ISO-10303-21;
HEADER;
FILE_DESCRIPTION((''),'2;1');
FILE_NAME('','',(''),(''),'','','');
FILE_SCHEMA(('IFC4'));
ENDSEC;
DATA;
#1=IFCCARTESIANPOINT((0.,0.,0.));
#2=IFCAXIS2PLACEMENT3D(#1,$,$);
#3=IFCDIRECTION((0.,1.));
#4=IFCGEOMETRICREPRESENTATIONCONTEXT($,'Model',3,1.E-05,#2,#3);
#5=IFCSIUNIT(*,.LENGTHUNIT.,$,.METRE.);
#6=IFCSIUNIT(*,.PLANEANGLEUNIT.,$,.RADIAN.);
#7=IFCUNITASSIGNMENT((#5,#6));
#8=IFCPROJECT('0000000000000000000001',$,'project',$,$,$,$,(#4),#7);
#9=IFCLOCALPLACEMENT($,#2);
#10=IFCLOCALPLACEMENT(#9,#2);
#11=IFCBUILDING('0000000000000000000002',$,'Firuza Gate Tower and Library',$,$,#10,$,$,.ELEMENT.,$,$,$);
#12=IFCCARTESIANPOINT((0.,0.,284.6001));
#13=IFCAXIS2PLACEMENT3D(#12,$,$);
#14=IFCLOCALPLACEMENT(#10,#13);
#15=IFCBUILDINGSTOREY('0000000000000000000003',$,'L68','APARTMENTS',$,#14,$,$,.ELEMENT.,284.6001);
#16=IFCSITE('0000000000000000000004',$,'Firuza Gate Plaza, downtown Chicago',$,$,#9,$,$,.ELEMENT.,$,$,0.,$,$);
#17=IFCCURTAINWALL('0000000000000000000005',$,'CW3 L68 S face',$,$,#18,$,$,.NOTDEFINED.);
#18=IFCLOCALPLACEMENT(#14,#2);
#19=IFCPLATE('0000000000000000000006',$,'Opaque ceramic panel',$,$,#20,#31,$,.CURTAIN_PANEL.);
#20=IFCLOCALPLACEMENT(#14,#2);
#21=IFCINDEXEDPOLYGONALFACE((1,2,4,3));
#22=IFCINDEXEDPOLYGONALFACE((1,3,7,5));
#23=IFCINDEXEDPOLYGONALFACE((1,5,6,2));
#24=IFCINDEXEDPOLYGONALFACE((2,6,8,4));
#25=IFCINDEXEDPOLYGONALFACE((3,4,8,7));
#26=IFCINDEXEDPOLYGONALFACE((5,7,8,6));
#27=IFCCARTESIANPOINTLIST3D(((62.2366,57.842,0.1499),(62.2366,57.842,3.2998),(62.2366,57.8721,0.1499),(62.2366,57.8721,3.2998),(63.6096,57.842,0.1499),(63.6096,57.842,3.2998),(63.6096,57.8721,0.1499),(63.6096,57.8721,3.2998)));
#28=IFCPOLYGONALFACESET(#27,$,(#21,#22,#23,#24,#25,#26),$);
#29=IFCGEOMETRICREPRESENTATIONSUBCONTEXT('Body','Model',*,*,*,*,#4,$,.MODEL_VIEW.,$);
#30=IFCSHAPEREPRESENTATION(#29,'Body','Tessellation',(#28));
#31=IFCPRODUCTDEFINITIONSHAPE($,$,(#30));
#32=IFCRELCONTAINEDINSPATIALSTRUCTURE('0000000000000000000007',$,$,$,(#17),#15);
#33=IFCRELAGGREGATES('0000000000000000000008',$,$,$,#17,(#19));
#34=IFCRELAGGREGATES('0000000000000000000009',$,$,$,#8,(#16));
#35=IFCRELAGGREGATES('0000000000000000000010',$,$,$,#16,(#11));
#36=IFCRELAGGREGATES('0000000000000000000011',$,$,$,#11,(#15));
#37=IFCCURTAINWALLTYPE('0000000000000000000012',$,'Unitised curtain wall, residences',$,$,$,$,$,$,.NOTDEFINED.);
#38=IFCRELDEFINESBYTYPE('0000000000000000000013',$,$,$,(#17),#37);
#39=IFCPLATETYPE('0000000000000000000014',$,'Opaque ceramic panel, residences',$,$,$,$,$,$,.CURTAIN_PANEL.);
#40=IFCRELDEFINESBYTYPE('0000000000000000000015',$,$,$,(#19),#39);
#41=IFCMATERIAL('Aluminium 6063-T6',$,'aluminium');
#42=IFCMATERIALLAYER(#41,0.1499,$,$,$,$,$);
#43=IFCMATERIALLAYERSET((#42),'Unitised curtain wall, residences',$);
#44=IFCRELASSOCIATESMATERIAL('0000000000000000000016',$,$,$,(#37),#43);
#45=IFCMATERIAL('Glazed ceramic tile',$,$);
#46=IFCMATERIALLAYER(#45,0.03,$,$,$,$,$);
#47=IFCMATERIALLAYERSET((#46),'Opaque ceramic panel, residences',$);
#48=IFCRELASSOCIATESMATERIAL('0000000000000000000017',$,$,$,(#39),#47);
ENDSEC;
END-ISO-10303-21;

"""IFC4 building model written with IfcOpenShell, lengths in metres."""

from ifc_helpers import new_model, si_unit, direction, frame, origin, place, context, subcontext, project, spatial, polyline, outline, extrude, material, layer, layer_set, type_object, element, aggregate, save


model = new_model("IFC4")

# Units and contexts
model_context = context("Model", 3, precision=1e-05, world=origin(), true_north=direction((0.0, 1.0)))
body_context = subcontext(model_context, "Body", "Model", "MODEL_VIEW")
ifc_project = project(units=[si_unit("LENGTHUNIT", "METRE"), si_unit("PLANEANGLEUNIT", "RADIAN")], contexts=[model_context])

# Site, building, storey
site_placement = place(None, origin())
site = spatial("IfcSite", under=ifc_project, at=site_placement, Name="Firuza Gate Plaza, downtown Chicago", CompositionType="ELEMENT", RefElevation=0.0)
building_placement = place(site_placement, origin())
building = spatial("IfcBuilding", under=site, at=building_placement, Name="Firuza Gate Tower and Library", CompositionType="ELEMENT")
storey_placement = place(building_placement, frame((0.0, 0.0, 284.6001)))
storey = spatial("IfcBuildingStorey", under=building, at=storey_placement, Name="L68", Description="APARTMENTS", CompositionType="ELEMENT", Elevation=284.6001)

# Curtain wall
ifc_material_1 = material(Name="Aluminium 6063-T6", Category="aluminium")
ifc_layer_1 = layer(ifc_material_1, 0.1499)
ifc_layer_set_1 = layer_set([ifc_layer_1], Name="Unitised curtain wall, residences")
curtain_wall_type = type_object("IfcCurtainWallType", Name="Unitised curtain wall, residences", PredefinedType="NOTDEFINED", material=ifc_layer_set_1)
curtain_wall_placement = place(storey_placement, origin())
curtain_wall = element("IfcCurtainWall", 1, at=curtain_wall_placement, inside=storey, type_object=curtain_wall_type, Name="CW3 L68 S face", PredefinedType="NOTDEFINED")

# Plate
ifc_material_2 = material(Name="Glazed ceramic tile")
ifc_layer_2 = layer(ifc_material_2, 0.03)
ifc_layer_set_2 = layer_set([ifc_layer_2], Name="Opaque ceramic panel, residences")
plate_type_1 = type_object("IfcPlateType", Name="Opaque ceramic panel, residences", PredefinedType="CURTAIN_PANEL", material=ifc_layer_set_2)
plate_1_placement = place(storey_placement, frame((62.2366, 57.842, 0.1499), z_axis=(0.0, -1.0, 0.0), x_axis=(1.0, 0.0, 0.0)))
plate_1 = element("IfcPlate", 2, at=plate_1_placement, type_object=plate_type_1, Name="Opaque ceramic panel", PredefinedType="CURTAIN_PANEL", context=body_context, shape_type="SweptSolid", body=[
    extrude(outline(polyline([(0.0, 0.0), (1.373, 0.0), (1.373, 3.1499), (0.0, 3.1499), (0.0, 0.0)])), origin(), (0.0, 0.0, -1.0), 0.03),
])
aggregate(curtain_wall, [plate_1])

save(model, "model.ifc")
